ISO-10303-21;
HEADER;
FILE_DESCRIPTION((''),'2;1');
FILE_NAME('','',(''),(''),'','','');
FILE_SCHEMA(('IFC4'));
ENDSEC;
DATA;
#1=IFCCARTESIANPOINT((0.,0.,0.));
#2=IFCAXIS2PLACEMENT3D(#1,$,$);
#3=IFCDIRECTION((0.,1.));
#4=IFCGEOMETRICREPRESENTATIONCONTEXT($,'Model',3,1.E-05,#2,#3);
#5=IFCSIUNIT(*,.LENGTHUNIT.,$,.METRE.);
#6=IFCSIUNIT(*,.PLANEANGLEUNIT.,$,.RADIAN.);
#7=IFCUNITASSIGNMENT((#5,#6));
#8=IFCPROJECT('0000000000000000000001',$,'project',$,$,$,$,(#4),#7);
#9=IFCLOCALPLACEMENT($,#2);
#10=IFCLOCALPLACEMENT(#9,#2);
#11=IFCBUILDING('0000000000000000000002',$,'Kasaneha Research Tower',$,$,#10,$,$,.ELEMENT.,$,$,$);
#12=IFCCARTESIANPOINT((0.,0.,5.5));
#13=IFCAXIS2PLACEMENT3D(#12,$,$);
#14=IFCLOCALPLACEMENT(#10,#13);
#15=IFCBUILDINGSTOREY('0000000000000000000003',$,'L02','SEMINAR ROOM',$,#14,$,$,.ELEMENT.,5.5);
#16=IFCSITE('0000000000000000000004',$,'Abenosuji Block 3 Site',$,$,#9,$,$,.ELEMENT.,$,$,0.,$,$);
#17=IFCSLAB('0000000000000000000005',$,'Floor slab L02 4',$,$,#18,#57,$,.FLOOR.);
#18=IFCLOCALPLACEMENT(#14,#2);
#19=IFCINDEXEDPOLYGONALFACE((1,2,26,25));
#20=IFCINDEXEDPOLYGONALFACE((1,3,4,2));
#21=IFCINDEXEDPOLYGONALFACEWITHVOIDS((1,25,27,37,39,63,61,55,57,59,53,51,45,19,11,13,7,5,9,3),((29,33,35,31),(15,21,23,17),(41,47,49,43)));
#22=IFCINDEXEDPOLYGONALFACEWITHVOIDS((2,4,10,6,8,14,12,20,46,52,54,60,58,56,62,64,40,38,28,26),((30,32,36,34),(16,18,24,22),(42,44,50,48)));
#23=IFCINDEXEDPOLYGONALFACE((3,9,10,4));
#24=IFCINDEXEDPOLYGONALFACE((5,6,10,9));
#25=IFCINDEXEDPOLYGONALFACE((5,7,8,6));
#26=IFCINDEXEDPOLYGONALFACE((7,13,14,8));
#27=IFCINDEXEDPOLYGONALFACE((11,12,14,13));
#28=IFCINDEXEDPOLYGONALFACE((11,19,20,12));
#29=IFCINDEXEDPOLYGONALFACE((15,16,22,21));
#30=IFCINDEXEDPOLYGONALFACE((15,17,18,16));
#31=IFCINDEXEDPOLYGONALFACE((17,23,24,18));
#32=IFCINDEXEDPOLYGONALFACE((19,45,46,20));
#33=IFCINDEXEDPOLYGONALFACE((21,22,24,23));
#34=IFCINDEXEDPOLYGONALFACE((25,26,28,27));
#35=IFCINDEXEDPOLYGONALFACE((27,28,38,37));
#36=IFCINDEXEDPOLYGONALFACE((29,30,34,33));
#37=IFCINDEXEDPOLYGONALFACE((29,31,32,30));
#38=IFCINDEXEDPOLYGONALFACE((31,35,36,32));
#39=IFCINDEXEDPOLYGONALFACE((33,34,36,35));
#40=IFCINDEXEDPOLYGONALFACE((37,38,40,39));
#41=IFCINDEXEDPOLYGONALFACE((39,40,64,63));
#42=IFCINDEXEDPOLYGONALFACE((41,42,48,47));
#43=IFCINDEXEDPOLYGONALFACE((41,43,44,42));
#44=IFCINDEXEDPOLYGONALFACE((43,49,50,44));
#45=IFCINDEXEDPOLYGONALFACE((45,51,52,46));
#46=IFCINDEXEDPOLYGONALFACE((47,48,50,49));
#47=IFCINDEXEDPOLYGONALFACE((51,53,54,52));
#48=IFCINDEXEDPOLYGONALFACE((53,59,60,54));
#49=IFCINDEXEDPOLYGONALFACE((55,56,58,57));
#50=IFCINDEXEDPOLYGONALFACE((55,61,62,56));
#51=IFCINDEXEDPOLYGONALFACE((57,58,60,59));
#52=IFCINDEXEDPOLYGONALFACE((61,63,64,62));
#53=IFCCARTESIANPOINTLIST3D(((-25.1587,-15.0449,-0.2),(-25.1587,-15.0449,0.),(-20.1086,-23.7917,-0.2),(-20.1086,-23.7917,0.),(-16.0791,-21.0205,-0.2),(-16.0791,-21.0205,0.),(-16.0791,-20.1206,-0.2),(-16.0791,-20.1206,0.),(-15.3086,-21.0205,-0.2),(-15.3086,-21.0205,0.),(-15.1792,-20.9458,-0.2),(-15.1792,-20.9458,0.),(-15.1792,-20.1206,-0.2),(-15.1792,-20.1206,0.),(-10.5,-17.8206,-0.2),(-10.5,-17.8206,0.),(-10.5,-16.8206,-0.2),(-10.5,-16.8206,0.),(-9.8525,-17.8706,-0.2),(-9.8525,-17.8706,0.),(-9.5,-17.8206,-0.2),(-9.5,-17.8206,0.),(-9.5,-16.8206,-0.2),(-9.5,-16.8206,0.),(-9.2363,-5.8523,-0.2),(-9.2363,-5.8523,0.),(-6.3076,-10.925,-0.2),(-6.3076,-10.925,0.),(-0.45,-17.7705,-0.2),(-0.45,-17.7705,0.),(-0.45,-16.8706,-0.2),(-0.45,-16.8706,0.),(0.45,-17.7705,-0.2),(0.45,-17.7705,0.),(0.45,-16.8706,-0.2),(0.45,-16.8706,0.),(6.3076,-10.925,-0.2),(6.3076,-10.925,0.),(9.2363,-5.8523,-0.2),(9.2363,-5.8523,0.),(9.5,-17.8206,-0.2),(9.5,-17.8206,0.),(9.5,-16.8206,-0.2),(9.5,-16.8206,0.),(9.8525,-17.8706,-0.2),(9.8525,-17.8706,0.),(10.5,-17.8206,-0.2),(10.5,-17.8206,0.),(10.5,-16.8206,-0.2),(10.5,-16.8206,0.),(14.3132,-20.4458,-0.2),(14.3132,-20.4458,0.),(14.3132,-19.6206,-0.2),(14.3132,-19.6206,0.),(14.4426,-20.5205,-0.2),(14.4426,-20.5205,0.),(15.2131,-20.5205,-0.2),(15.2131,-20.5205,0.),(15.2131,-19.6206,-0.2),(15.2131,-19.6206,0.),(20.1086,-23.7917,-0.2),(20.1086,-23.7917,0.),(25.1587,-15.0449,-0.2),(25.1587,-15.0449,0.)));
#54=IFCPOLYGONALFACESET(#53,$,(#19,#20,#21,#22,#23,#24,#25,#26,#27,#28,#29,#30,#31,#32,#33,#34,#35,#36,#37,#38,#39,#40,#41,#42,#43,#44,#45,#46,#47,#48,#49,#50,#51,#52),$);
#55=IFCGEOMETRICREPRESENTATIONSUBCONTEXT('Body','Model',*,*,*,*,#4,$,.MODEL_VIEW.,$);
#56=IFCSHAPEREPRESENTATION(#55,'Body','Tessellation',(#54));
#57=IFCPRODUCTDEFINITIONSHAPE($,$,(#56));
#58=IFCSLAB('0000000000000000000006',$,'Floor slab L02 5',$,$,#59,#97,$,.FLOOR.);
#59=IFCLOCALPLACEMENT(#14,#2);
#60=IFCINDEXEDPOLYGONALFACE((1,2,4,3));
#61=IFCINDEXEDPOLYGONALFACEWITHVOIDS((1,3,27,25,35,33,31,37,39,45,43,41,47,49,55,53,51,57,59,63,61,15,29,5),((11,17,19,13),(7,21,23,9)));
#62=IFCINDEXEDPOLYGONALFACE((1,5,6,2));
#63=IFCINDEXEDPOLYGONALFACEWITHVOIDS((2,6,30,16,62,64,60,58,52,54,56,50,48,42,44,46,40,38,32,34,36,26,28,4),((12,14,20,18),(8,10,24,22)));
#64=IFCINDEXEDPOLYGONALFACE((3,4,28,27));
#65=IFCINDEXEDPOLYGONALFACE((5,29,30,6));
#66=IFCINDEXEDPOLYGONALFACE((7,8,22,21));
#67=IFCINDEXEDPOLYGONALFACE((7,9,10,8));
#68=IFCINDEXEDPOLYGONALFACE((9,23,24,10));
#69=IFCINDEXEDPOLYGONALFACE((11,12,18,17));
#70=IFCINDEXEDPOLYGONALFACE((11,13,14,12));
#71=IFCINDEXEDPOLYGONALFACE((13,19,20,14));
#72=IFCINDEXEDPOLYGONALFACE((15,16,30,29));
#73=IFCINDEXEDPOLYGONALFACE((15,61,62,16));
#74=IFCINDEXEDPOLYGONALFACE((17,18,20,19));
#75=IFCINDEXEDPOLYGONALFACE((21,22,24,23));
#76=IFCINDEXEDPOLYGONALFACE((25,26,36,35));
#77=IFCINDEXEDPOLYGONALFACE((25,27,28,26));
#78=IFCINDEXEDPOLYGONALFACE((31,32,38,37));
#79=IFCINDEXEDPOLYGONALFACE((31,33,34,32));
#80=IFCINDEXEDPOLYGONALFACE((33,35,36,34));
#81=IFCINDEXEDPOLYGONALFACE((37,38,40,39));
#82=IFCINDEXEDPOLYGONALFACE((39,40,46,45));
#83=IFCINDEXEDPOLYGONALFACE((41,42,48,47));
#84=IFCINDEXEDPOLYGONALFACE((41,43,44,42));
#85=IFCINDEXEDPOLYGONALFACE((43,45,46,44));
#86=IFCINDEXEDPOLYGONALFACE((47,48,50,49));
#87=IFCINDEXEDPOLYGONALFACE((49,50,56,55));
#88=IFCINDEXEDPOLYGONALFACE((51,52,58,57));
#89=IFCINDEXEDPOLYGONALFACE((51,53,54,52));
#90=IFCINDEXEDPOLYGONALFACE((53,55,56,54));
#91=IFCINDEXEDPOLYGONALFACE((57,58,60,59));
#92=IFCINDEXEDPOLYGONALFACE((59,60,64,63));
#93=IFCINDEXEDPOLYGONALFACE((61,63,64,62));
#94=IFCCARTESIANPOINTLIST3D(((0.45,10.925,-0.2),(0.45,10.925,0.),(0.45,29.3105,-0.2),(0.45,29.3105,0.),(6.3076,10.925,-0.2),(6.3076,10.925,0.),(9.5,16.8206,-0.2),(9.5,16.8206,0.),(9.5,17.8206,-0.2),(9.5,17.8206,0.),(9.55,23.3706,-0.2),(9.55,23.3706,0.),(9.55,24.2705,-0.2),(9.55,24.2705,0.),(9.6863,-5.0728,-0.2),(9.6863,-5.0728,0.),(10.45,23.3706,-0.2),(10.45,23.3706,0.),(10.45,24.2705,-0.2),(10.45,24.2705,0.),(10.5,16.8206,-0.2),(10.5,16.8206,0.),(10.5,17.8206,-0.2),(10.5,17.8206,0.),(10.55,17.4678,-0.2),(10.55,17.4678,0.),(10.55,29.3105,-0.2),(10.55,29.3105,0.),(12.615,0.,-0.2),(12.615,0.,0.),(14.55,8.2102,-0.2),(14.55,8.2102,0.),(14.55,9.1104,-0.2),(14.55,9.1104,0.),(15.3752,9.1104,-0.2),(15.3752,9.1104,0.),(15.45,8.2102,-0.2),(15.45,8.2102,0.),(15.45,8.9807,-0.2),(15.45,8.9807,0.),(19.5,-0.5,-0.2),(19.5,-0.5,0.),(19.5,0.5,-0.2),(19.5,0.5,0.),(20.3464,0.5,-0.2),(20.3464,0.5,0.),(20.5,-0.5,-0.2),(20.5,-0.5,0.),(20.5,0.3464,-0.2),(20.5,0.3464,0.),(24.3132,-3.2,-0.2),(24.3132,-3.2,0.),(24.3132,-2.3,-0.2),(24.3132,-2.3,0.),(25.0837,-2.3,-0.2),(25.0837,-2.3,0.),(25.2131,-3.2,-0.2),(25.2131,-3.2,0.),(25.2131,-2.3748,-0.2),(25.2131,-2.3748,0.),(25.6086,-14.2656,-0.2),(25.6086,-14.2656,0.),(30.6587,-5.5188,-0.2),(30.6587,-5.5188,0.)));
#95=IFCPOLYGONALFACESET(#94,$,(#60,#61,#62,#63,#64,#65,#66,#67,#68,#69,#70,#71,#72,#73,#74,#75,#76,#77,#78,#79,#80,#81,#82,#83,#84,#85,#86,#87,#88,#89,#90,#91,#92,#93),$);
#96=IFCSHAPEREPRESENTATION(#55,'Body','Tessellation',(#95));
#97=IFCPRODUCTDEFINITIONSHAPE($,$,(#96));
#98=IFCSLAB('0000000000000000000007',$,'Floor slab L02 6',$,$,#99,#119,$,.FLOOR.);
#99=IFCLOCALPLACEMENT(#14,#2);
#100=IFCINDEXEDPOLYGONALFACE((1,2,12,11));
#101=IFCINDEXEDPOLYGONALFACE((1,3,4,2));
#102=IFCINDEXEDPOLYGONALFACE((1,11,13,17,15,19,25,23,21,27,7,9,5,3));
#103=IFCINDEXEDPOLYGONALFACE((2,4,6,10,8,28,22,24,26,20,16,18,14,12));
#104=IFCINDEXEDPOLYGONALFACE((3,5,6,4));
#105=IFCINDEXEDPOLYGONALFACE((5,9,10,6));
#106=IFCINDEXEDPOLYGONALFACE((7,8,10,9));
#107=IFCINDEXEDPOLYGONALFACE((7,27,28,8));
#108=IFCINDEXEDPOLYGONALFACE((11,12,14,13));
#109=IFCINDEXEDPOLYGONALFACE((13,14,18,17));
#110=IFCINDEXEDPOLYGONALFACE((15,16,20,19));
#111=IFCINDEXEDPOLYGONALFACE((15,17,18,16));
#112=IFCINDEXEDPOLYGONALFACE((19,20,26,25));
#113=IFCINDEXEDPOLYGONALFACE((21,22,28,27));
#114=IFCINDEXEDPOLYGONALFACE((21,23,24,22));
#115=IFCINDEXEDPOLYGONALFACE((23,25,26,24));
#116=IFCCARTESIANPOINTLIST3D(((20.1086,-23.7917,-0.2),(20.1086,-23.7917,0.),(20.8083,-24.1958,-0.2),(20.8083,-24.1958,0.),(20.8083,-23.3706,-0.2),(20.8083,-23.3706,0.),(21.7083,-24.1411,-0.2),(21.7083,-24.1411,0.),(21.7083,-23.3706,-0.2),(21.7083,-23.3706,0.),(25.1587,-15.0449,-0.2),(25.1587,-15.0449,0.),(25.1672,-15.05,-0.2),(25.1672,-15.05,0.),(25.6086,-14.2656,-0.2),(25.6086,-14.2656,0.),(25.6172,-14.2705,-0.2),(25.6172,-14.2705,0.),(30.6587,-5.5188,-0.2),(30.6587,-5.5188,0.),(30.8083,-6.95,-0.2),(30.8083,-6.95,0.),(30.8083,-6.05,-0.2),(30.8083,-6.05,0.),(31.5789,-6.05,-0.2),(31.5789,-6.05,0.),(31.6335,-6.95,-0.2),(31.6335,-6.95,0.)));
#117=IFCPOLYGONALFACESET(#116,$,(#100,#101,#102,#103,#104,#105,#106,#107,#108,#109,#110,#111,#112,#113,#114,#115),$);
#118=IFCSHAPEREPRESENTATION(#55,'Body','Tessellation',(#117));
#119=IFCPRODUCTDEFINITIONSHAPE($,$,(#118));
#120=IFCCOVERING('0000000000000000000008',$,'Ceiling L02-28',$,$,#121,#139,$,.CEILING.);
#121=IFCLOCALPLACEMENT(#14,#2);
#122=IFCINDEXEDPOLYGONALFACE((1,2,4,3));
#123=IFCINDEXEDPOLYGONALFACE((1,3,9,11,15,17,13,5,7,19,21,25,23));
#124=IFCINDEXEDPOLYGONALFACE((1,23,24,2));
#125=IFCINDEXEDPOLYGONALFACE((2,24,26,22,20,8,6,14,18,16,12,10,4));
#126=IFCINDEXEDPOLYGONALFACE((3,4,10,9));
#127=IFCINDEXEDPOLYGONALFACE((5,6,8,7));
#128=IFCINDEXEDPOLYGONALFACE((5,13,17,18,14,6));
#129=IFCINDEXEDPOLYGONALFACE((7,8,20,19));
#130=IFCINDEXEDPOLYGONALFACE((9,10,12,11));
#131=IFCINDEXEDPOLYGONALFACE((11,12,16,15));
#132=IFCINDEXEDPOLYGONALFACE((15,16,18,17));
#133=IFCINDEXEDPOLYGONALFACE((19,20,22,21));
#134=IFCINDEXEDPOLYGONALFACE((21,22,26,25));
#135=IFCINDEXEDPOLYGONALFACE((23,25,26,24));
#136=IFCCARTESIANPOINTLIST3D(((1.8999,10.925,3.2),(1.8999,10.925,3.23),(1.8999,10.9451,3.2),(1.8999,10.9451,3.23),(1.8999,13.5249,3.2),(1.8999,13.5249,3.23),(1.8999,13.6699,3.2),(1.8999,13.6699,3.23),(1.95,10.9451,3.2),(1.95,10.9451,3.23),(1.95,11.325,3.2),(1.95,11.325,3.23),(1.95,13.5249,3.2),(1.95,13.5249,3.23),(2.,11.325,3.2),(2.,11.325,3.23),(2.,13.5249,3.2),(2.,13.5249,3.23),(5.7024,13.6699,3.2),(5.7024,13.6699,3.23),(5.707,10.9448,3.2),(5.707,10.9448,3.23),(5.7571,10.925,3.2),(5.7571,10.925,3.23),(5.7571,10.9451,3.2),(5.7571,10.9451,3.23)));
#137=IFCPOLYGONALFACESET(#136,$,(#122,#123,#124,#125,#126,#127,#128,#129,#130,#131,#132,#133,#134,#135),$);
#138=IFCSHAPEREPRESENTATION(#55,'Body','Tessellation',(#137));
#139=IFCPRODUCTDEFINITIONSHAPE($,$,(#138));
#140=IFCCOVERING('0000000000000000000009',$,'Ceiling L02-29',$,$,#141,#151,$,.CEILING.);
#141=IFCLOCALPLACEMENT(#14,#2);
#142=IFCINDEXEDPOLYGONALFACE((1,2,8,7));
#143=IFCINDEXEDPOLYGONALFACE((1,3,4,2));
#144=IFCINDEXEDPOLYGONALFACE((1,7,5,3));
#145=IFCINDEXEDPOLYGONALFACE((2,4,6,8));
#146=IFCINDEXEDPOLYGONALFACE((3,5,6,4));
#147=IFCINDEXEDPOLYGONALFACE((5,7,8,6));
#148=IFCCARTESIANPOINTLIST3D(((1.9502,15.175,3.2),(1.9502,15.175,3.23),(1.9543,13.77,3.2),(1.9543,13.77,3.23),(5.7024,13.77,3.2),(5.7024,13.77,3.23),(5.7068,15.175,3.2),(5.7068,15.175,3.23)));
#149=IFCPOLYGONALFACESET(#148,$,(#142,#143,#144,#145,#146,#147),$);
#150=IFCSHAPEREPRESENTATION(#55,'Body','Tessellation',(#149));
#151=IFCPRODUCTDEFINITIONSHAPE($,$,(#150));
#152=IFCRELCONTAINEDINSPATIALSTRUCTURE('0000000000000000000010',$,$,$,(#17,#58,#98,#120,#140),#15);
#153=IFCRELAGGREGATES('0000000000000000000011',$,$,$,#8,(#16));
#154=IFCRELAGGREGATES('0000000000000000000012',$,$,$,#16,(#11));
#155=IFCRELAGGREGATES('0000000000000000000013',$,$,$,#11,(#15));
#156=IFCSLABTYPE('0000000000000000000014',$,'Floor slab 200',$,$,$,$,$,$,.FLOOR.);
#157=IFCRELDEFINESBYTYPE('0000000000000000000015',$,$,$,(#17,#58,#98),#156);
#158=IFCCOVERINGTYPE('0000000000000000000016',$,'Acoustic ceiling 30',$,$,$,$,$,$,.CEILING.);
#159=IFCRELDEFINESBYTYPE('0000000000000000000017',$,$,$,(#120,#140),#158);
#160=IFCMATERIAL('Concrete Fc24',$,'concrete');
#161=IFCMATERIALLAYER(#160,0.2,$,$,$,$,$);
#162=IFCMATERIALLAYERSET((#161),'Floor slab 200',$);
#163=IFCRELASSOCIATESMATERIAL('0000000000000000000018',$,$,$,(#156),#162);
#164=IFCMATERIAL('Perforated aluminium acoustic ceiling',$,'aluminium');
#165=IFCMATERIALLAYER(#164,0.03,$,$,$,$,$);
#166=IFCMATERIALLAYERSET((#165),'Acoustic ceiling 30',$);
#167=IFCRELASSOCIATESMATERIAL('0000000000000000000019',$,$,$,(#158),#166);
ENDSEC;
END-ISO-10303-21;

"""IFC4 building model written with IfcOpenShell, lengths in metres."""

from ifc_helpers import new_model, si_unit, direction, frame, origin, place, context, subcontext, project, spatial, polyline, outline, extrude, material, layer, layer_set, type_object, element, save


model = new_model("IFC4")

# Units and contexts
model_context = context("Model", 3, precision=1e-05, world=origin(), true_north=direction((0.0, 1.0)))
body_context = subcontext(model_context, "Body", "Model", "MODEL_VIEW")
ifc_project = project(units=[si_unit("LENGTHUNIT", "METRE"), si_unit("PLANEANGLEUNIT", "RADIAN")], contexts=[model_context])

# Site, building, storey
site_placement = place(None, origin())
site = spatial("IfcSite", under=ifc_project, at=site_placement, Name="Abenosuji Block 3 Site", CompositionType="ELEMENT", RefElevation=0.0)
building_placement = place(site_placement, origin())
building = spatial("IfcBuilding", under=site, at=building_placement, Name="Kasaneha Research Tower", CompositionType="ELEMENT")
storey_placement = place(building_placement, frame((0.0, 0.0, 5.5)))
storey = spatial("IfcBuildingStorey", under=building, at=storey_placement, Name="L02", Description="SEMINAR ROOM", CompositionType="ELEMENT", Elevation=5.5)

# Slabs
ifc_material_1 = material(Name="Concrete Fc24", Category="concrete")
ifc_layer_1 = layer(ifc_material_1, 0.2)
ifc_layer_set_1 = layer_set([ifc_layer_1], Name="Floor slab 200")
slab_type_1 = type_object("IfcSlabType", Name="Floor slab 200", PredefinedType="FLOOR", material=ifc_layer_set_1)
slab_1_placement = place(storey_placement, frame((0.0, 0.0, -0.2)))
element("IfcSlab", 1, at=slab_1_placement, inside=storey, type_object=slab_type_1, Name="Floor slab L02 4", PredefinedType="FLOOR", context=body_context, shape_type="SweptSolid", body=[
    extrude(outline(polyline([(-6.3076, -10.925), (6.3076, -10.925), (9.2363, -5.8523), (25.1587, -15.0449), (20.1086, -23.7917), (14.4426, -20.5205), (15.2131, -20.5205), (15.2131, -19.6206), (14.3132, -19.6206), (14.3132, -20.4458), (9.8525, -17.8706), (-9.8525, -17.8706), (-15.1792, -20.9458), (-15.1792, -20.1206), (-16.0791, -20.1206), (-16.0791, -21.0205), (-15.3086, -21.0205), (-20.1086, -23.7917), (-25.1587, -15.0449), (-9.2363, -5.8523), (-6.3076, -10.925)]), holes=[polyline([(-0.45, -17.7705), (0.45, -17.7705), (0.45, -16.8706), (-0.45, -16.8706), (-0.45, -17.7705)]), polyline([(-9.5, -17.8206), (-9.5, -16.8206), (-10.5, -16.8206), (-10.5, -17.8206), (-9.5, -17.8206)]), polyline([(10.5, -17.8206), (10.5, -16.8206), (9.5, -16.8206), (9.5, -17.8206), (10.5, -17.8206)])]), origin(), (0.0, 0.0, 1.0), 0.2),
])
slab_2_placement = place(storey_placement, frame((0.0, 0.0, -0.2)))
element("IfcSlab", 2, at=slab_2_placement, inside=storey, type_object=slab_type_1, Name="Floor slab L02 5", PredefinedType="FLOOR", context=body_context, shape_type="SweptSolid", body=[
    extrude(outline(polyline([(9.6863, -5.0728), (12.615, 0.0), (6.3076, 10.925), (0.45, 10.925), (0.45, 29.3105), (10.55, 29.3105), (10.55, 17.4678), (15.3752, 9.1104), (14.55, 9.1104), (14.55, 8.2102), (15.45, 8.2102), (15.45, 8.9807), (20.3464, 0.5), (19.5, 0.5), (19.5, -0.5), (20.5, -0.5), (20.5, 0.3464), (25.0837, -2.3), (24.3132, -2.3), (24.3132, -3.2), (25.2131, -3.2), (25.2131, -2.3748), (30.6587, -5.5188), (25.6086, -14.2656), (9.6863, -5.0728)]), holes=[polyline([(9.5, 16.8206), (10.5, 16.8206), (10.5, 17.8206), (9.5, 17.8206), (9.5, 16.8206)]), polyline([(9.55, 23.3706), (10.45, 23.3706), (10.45, 24.2705), (9.55, 24.2705), (9.55, 23.3706)])]), origin(), (0.0, 0.0, 1.0), 0.2),
])
slab_3_placement = place(storey_placement, frame((0.0, 0.0, -0.2)))
element("IfcSlab", 3, at=slab_3_placement, inside=storey, type_object=slab_type_1, Name="Floor slab L02 6", PredefinedType="FLOOR", context=body_context, shape_type="SweptSolid", body=[
    extrude(outline(polyline([(25.1672, -15.05), (25.6172, -14.2705), (25.6086, -14.2656), (30.6587, -5.5188), (31.5789, -6.05), (30.8083, -6.05), (30.8083, -6.95), (31.6335, -6.95), (21.7083, -24.1411), (21.7083, -23.3706), (20.8083, -23.3706), (20.8083, -24.1958), (20.1086, -23.7917), (25.1587, -15.0449), (25.1672, -15.05)])), origin(), (0.0, 0.0, 1.0), 0.2),
])

# Coverings
ifc_material_2 = material(Name="Perforated aluminium acoustic ceiling", Category="aluminium")
ifc_layer_2 = layer(ifc_material_2, 0.03)
ifc_layer_set_2 = layer_set([ifc_layer_2], Name="Acoustic ceiling 30")
covering_type_1 = type_object("IfcCoveringType", Name="Acoustic ceiling 30", PredefinedType="CEILING", material=ifc_layer_set_2)
covering_1_placement = place(storey_placement, frame((0.0, 0.0, 3.2)))
element("IfcCovering", 4, at=covering_1_placement, inside=storey, type_object=covering_type_1, Name="Ceiling L02-28", PredefinedType="CEILING", context=body_context, shape_type="SweptSolid", body=[
    extrude(outline(polyline([(1.8999, 10.925), (1.8999, 10.9451), (1.95, 10.9451), (1.95, 11.325), (2.0, 11.325), (2.0, 13.5249), (1.95, 13.5249), (1.8999, 13.5249), (1.8999, 13.6699), (5.7024, 13.6699), (5.707, 10.9448), (5.7571, 10.9451), (5.7571, 10.925), (1.8999, 10.925)])), origin(), (0.0, 0.0, 1.0), 0.03),
])
covering_2_placement = place(storey_placement, frame((0.0, 0.0, 3.2)))
element("IfcCovering", 5, at=covering_2_placement, inside=storey, type_object=covering_type_1, Name="Ceiling L02-29", PredefinedType="CEILING", context=body_context, shape_type="SweptSolid", body=[
    extrude(outline(polyline([(5.7068, 15.175), (5.7024, 13.77), (1.9543, 13.77), (1.9502, 15.175), (5.7068, 15.175)])), origin(), (0.0, 0.0, 1.0), 0.03),
])

save(model, "model.ifc")
